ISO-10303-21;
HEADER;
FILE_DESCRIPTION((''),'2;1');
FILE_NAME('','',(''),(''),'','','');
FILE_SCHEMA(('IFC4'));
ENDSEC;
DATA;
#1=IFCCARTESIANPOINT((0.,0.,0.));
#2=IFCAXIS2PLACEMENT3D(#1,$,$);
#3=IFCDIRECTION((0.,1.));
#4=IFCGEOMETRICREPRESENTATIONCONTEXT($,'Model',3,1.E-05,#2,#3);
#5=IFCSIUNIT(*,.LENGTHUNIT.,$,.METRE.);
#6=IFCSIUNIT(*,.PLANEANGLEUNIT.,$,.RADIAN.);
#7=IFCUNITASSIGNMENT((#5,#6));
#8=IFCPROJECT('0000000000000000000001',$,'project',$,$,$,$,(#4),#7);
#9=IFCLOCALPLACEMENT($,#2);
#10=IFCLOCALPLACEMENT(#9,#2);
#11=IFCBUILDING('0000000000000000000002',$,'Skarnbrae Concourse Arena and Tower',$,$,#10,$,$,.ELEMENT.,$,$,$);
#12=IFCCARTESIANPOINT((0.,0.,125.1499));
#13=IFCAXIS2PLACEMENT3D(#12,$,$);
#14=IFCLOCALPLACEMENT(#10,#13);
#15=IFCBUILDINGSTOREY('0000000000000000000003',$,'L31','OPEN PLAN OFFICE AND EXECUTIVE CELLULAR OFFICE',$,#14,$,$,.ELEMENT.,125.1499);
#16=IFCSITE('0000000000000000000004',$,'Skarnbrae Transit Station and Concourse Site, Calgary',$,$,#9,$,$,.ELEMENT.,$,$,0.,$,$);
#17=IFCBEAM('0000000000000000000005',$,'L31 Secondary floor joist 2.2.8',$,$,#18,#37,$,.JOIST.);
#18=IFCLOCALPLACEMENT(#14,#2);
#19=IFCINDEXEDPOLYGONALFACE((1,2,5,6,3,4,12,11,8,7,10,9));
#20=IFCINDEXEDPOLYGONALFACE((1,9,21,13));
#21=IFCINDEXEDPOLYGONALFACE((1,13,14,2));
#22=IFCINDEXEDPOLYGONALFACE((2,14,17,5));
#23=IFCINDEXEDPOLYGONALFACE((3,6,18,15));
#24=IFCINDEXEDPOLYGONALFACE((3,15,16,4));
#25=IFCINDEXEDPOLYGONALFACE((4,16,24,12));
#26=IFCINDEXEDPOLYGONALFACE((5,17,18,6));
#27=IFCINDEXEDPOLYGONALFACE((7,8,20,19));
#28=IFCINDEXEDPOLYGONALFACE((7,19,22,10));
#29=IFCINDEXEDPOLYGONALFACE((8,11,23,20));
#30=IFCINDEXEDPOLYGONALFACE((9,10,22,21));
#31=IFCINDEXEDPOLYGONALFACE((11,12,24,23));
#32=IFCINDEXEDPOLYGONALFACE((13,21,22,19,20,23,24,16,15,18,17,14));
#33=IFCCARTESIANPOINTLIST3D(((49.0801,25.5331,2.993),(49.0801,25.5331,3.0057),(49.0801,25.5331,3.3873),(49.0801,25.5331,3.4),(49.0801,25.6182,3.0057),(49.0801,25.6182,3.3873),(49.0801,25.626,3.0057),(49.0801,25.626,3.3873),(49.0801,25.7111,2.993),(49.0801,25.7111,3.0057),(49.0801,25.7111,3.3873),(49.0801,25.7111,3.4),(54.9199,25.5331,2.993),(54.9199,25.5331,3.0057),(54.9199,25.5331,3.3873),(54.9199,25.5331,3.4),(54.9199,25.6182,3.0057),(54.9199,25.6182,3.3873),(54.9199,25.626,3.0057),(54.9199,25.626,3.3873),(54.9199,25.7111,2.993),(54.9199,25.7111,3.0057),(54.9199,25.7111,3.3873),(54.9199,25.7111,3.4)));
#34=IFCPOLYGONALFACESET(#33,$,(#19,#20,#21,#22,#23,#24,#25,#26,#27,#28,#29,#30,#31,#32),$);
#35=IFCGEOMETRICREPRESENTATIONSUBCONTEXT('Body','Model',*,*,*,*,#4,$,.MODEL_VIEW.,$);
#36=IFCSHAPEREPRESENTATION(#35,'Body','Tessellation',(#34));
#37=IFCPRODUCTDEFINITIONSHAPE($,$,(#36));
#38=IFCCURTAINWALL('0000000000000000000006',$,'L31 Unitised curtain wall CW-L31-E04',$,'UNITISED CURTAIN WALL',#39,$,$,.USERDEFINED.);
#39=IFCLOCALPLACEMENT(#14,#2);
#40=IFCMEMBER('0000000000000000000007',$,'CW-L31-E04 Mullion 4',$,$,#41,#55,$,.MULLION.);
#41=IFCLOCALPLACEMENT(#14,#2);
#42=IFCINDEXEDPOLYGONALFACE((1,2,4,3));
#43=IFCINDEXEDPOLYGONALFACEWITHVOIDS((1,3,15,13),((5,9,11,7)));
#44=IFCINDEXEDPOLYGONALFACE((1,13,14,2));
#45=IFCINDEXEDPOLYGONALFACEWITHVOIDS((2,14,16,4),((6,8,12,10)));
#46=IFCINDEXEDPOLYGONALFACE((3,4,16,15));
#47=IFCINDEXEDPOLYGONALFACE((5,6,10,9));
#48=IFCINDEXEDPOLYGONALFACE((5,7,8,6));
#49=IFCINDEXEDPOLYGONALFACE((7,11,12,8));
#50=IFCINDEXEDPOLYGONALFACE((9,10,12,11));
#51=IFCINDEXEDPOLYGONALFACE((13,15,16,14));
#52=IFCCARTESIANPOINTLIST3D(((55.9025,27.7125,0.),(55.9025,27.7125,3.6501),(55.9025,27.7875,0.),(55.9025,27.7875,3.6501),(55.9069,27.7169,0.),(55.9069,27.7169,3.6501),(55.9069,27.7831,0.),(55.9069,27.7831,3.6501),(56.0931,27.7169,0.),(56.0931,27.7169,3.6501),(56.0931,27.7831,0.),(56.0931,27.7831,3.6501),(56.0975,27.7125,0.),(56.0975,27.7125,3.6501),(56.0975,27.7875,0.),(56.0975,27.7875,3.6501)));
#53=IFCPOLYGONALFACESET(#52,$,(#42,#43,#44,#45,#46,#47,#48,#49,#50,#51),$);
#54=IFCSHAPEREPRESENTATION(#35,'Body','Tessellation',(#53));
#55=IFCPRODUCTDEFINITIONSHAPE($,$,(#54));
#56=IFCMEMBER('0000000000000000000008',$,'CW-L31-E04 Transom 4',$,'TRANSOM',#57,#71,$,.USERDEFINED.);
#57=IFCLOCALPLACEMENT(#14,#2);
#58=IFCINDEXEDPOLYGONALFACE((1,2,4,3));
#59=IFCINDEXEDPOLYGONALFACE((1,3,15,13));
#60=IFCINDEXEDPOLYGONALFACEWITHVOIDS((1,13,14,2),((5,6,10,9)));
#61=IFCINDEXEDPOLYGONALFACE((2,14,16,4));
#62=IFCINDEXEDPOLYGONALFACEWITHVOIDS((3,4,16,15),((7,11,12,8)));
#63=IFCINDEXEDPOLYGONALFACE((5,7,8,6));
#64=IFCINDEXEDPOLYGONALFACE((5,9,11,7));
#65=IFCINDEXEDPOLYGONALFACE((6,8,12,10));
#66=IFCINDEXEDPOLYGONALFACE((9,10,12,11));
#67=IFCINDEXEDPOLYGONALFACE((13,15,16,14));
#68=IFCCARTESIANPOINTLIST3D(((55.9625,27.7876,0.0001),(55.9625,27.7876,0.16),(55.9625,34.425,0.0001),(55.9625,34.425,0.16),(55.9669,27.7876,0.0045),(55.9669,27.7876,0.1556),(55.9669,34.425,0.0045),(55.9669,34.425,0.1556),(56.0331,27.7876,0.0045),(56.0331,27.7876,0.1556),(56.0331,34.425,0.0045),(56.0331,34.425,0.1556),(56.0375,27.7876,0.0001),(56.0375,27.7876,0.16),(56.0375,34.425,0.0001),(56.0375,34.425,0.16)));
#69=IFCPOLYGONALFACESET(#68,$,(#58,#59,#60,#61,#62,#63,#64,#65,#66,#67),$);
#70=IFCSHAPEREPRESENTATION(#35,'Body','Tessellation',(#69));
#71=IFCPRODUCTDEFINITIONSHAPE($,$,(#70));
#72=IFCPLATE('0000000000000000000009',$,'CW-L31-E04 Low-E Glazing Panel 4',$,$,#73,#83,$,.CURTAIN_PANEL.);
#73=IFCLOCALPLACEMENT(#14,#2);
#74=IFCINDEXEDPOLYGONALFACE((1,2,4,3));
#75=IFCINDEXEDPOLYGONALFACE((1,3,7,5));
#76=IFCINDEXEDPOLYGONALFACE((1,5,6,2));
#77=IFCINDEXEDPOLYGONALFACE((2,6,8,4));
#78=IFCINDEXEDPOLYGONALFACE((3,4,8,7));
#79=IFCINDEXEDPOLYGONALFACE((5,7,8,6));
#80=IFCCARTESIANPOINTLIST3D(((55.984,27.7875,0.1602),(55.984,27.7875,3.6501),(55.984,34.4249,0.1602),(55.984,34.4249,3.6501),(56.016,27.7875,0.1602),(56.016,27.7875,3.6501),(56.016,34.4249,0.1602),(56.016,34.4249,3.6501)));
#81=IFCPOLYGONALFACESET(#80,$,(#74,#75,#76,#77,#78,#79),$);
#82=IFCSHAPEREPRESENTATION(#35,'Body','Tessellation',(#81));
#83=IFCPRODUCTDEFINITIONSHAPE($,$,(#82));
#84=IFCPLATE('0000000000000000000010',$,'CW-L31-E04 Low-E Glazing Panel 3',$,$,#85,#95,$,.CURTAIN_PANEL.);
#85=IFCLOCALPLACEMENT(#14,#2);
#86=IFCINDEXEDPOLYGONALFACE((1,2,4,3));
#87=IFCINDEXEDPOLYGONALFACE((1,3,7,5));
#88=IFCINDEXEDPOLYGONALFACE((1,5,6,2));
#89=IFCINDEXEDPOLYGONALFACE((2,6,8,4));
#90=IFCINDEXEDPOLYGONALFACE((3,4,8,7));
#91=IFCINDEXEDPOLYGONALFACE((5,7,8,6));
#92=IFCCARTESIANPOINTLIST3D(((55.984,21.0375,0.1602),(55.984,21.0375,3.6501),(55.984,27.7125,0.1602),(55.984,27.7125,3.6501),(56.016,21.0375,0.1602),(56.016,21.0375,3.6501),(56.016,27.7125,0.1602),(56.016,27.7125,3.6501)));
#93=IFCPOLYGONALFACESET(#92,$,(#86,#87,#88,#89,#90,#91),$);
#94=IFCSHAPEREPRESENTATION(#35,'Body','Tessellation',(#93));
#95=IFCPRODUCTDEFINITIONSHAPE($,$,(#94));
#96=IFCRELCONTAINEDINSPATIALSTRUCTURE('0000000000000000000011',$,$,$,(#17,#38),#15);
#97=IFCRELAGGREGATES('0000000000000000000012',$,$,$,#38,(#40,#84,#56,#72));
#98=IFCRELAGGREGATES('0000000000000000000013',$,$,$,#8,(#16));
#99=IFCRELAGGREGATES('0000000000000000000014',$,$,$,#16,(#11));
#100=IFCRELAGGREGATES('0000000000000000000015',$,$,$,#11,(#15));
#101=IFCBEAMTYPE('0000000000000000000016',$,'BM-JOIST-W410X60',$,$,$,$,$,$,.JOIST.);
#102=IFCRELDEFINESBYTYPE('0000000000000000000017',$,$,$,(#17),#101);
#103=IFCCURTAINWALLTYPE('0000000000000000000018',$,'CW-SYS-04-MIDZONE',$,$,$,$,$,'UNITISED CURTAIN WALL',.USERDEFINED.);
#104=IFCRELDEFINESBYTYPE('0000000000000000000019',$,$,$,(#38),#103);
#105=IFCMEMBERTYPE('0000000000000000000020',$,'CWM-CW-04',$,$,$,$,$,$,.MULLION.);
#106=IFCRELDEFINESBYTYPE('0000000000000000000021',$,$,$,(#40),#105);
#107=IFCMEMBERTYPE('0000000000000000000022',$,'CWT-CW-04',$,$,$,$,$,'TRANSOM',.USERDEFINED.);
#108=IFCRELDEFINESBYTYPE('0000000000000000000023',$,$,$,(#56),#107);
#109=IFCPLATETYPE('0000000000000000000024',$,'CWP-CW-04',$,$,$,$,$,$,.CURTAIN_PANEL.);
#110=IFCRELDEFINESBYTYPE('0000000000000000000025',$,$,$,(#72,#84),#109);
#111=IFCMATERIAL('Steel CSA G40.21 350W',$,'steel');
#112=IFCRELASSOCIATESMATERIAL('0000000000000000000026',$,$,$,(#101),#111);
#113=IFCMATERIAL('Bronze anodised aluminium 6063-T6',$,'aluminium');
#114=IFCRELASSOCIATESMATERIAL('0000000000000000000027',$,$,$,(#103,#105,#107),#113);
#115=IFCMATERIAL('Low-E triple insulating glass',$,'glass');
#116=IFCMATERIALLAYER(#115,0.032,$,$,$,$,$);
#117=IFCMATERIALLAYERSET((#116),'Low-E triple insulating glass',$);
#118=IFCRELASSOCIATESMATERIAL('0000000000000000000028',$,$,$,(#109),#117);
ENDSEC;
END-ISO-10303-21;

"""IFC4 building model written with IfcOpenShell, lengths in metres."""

from ifc_helpers import new_model, si_unit, direction, frame, origin, origin_2d, place, context, subcontext, project, spatial, rectangle, hollow_rectangle, i_section, extrude, source, transform, mapped, material, layer, layer_set, material_profile, profile_set, type_object, element, aggregate, save


model = new_model("IFC4")

# Units and contexts
model_context = context("Model", 3, precision=1e-05, world=origin(), true_north=direction((0.0, 1.0)))
body_context = subcontext(model_context, "Body", "Model", "MODEL_VIEW")
ifc_project = project(units=[si_unit("LENGTHUNIT", "METRE"), si_unit("PLANEANGLEUNIT", "RADIAN")], contexts=[model_context])

# Site, building, storey
site_placement = place(None, origin())
site = spatial("IfcSite", under=ifc_project, at=site_placement, Name="Skarnbrae Transit Station and Concourse Site, Calgary", CompositionType="ELEMENT", RefElevation=0.0)
building_placement = place(site_placement, origin())
building = spatial("IfcBuilding", under=site, at=building_placement, Name="Skarnbrae Concourse Arena and Tower", CompositionType="ELEMENT")
storey_placement = place(building_placement, frame((0.0, 0.0, 125.1499)))
storey = spatial("IfcBuildingStorey", under=building, at=storey_placement, Name="L31", Description="OPEN PLAN OFFICE AND EXECUTIVE CELLULAR OFFICE", CompositionType="ELEMENT", Elevation=125.1499)

# Shared definitions
ifc_material_1 = material(Name="Steel CSA G40.21 350W", Category="steel")

# Beam
ifc_material_profile_1 = material_profile(ifc_material_1, i_section(OverallWidth=0.178, OverallDepth=0.407, WebThickness=0.0078, FlangeThickness=0.0127, at=origin_2d()), Name="W410X60")
ifc_profile_set_1 = profile_set([ifc_material_profile_1], Name="Steel CSA G40.21 350W")
beam_type_1 = type_object("IfcBeamType", Name="BM-JOIST-W410X60", PredefinedType="JOIST", material=ifc_profile_set_1)
shared_shape_1 = source(origin(), body_context, "Body", "SweptSolid", [
    extrude(i_section(OverallWidth=0.178, OverallDepth=0.407, WebThickness=0.0078, FlangeThickness=0.0127, at=origin_2d()), origin(), (0.0, 0.0, 1.0), 5.8398),
])
for number, where, z_axis, x_axis, name in (
    (1, (49.0801, 25.6221, 3.1965), (1.0, 0.0, 0.0), (0.0, 1.0, 0.0), "L31 Secondary floor joist 2.2.8"),
):
    element("IfcBeam", number, at=place(storey_placement, frame(where, z_axis=z_axis, x_axis=x_axis)), inside=storey, type_object=beam_type_1, Name=name, PredefinedType="JOIST", context=body_context, shape_type="MappedRepresentation", body=[
        mapped(shared_shape_1, transform((0.0, 0.0, 0.0))),
    ])

# Curtain wall, members, plates
ifc_material_2 = material(Name="Bronze anodised aluminium 6063-T6", Category="aluminium")
curtain_wall_type = type_object("IfcCurtainWallType", Name="CW-SYS-04-MIDZONE", ElementType="UNITISED CURTAIN WALL", PredefinedType="USERDEFINED", material=ifc_material_2)
curtain_wall_placement = place(storey_placement, origin())
curtain_wall = element("IfcCurtainWall", 2, at=curtain_wall_placement, inside=storey, type_object=curtain_wall_type, Name="L31 Unitised curtain wall CW-L31-E04", ObjectType="UNITISED CURTAIN WALL", PredefinedType="USERDEFINED")
ifc_material_profile_2 = material_profile(ifc_material_2, hollow_rectangle(XDim=0.075, YDim=0.1951, WallThickness=0.0044, at=origin_2d()), Name="ALU-MULL-75X195")
ifc_profile_set_2 = profile_set([ifc_material_profile_2], Name="Bronze anodised aluminium 6063-T6")
member_type_1 = type_object("IfcMemberType", Name="CWM-CW-04", PredefinedType="MULLION", material=ifc_profile_set_2)
shared_shape_2 = source(origin(), body_context, "Body", "SweptSolid", [
    extrude(hollow_rectangle(XDim=0.075, YDim=0.1951, WallThickness=0.0044, at=origin_2d()), origin(), (0.0, 0.0, 1.0), 3.6501),
])
member_1_placement = place(storey_placement, frame((56.0, 27.75, 0.0), z_axis=(0.0, 0.0, 1.0), x_axis=(0.0, 1.0, 0.0)))
member_1 = element("IfcMember", 3, at=member_1_placement, type_object=member_type_1, Name="CW-L31-E04 Mullion 4", PredefinedType="MULLION", context=body_context, shape_type="MappedRepresentation", body=[
    mapped(shared_shape_2, transform((0.0, 0.0, 0.0))),
])
ifc_material_profile_3 = material_profile(ifc_material_2, hollow_rectangle(XDim=0.075, YDim=0.1599, WallThickness=0.0044, at=origin_2d()), Name="ALU-TRAN-75X160")
ifc_profile_set_3 = profile_set([ifc_material_profile_3], Name="Bronze anodised aluminium 6063-T6")
member_type_2 = type_object("IfcMemberType", Name="CWT-CW-04", ElementType="TRANSOM", PredefinedType="USERDEFINED", material=ifc_profile_set_3)
shared_shape_3 = source(origin(), body_context, "Body", "SweptSolid", [
    extrude(hollow_rectangle(XDim=0.075, YDim=0.1599, WallThickness=0.0044, at=origin_2d()), origin(), (0.0, 0.0, 1.0), 6.6375),
])
member_2_placement = place(storey_placement, frame((56.0, 27.7876, 0.0801), z_axis=(0.0, 1.0, 0.0), x_axis=(-1.0, 0.0, 0.0)))
member_2 = element("IfcMember", 4, at=member_2_placement, type_object=member_type_2, Name="CW-L31-E04 Transom 4", ObjectType="TRANSOM", PredefinedType="USERDEFINED", context=body_context, shape_type="MappedRepresentation", body=[
    mapped(shared_shape_3, transform((0.0, 0.0, 0.0))),
])
ifc_material_3 = material(Name="Low-E triple insulating glass", Category="glass")
ifc_layer = layer(ifc_material_3, 0.032)
ifc_layer_set = layer_set([ifc_layer], Name="Low-E triple insulating glass")
plate_type = type_object("IfcPlateType", Name="CWP-CW-04", PredefinedType="CURTAIN_PANEL", material=ifc_layer_set)
shared_shape_4 = source(origin(), body_context, "Body", "SweptSolid", [
    extrude(rectangle(XDim=6.6375, YDim=0.032, at=origin_2d()), origin(), (0.0, 0.0, 1.0), 3.49),
])
plate_1_placement = place(storey_placement, frame((56.0, 31.1062, 0.1602), z_axis=(0.0, 0.0, 1.0), x_axis=(0.0, 1.0, 0.0)))
plate_1 = element("IfcPlate", 5, at=plate_1_placement, type_object=plate_type, Name="CW-L31-E04 Low-E Glazing Panel 4", PredefinedType="CURTAIN_PANEL", context=body_context, shape_type="MappedRepresentation", body=[
    mapped(shared_shape_4, transform((0.0, 0.0, 0.0))),
])
shared_shape_5 = source(origin(), body_context, "Body", "SweptSolid", [
    extrude(rectangle(XDim=6.675, YDim=0.032, at=origin_2d()), origin(), (0.0, 0.0, 1.0), 3.49),
])
plate_2_placement = place(storey_placement, frame((56.0, 24.375, 0.1602), z_axis=(0.0, 0.0, 1.0), x_axis=(0.0, 1.0, 0.0)))
plate_2 = element("IfcPlate", 6, at=plate_2_placement, type_object=plate_type, Name="CW-L31-E04 Low-E Glazing Panel 3", PredefinedType="CURTAIN_PANEL", context=body_context, shape_type="MappedRepresentation", body=[
    mapped(shared_shape_5, transform((0.0, 0.0, 0.0))),
])
aggregate(curtain_wall, [member_1, plate_2, member_2, plate_1])

save(model, "model.ifc")
